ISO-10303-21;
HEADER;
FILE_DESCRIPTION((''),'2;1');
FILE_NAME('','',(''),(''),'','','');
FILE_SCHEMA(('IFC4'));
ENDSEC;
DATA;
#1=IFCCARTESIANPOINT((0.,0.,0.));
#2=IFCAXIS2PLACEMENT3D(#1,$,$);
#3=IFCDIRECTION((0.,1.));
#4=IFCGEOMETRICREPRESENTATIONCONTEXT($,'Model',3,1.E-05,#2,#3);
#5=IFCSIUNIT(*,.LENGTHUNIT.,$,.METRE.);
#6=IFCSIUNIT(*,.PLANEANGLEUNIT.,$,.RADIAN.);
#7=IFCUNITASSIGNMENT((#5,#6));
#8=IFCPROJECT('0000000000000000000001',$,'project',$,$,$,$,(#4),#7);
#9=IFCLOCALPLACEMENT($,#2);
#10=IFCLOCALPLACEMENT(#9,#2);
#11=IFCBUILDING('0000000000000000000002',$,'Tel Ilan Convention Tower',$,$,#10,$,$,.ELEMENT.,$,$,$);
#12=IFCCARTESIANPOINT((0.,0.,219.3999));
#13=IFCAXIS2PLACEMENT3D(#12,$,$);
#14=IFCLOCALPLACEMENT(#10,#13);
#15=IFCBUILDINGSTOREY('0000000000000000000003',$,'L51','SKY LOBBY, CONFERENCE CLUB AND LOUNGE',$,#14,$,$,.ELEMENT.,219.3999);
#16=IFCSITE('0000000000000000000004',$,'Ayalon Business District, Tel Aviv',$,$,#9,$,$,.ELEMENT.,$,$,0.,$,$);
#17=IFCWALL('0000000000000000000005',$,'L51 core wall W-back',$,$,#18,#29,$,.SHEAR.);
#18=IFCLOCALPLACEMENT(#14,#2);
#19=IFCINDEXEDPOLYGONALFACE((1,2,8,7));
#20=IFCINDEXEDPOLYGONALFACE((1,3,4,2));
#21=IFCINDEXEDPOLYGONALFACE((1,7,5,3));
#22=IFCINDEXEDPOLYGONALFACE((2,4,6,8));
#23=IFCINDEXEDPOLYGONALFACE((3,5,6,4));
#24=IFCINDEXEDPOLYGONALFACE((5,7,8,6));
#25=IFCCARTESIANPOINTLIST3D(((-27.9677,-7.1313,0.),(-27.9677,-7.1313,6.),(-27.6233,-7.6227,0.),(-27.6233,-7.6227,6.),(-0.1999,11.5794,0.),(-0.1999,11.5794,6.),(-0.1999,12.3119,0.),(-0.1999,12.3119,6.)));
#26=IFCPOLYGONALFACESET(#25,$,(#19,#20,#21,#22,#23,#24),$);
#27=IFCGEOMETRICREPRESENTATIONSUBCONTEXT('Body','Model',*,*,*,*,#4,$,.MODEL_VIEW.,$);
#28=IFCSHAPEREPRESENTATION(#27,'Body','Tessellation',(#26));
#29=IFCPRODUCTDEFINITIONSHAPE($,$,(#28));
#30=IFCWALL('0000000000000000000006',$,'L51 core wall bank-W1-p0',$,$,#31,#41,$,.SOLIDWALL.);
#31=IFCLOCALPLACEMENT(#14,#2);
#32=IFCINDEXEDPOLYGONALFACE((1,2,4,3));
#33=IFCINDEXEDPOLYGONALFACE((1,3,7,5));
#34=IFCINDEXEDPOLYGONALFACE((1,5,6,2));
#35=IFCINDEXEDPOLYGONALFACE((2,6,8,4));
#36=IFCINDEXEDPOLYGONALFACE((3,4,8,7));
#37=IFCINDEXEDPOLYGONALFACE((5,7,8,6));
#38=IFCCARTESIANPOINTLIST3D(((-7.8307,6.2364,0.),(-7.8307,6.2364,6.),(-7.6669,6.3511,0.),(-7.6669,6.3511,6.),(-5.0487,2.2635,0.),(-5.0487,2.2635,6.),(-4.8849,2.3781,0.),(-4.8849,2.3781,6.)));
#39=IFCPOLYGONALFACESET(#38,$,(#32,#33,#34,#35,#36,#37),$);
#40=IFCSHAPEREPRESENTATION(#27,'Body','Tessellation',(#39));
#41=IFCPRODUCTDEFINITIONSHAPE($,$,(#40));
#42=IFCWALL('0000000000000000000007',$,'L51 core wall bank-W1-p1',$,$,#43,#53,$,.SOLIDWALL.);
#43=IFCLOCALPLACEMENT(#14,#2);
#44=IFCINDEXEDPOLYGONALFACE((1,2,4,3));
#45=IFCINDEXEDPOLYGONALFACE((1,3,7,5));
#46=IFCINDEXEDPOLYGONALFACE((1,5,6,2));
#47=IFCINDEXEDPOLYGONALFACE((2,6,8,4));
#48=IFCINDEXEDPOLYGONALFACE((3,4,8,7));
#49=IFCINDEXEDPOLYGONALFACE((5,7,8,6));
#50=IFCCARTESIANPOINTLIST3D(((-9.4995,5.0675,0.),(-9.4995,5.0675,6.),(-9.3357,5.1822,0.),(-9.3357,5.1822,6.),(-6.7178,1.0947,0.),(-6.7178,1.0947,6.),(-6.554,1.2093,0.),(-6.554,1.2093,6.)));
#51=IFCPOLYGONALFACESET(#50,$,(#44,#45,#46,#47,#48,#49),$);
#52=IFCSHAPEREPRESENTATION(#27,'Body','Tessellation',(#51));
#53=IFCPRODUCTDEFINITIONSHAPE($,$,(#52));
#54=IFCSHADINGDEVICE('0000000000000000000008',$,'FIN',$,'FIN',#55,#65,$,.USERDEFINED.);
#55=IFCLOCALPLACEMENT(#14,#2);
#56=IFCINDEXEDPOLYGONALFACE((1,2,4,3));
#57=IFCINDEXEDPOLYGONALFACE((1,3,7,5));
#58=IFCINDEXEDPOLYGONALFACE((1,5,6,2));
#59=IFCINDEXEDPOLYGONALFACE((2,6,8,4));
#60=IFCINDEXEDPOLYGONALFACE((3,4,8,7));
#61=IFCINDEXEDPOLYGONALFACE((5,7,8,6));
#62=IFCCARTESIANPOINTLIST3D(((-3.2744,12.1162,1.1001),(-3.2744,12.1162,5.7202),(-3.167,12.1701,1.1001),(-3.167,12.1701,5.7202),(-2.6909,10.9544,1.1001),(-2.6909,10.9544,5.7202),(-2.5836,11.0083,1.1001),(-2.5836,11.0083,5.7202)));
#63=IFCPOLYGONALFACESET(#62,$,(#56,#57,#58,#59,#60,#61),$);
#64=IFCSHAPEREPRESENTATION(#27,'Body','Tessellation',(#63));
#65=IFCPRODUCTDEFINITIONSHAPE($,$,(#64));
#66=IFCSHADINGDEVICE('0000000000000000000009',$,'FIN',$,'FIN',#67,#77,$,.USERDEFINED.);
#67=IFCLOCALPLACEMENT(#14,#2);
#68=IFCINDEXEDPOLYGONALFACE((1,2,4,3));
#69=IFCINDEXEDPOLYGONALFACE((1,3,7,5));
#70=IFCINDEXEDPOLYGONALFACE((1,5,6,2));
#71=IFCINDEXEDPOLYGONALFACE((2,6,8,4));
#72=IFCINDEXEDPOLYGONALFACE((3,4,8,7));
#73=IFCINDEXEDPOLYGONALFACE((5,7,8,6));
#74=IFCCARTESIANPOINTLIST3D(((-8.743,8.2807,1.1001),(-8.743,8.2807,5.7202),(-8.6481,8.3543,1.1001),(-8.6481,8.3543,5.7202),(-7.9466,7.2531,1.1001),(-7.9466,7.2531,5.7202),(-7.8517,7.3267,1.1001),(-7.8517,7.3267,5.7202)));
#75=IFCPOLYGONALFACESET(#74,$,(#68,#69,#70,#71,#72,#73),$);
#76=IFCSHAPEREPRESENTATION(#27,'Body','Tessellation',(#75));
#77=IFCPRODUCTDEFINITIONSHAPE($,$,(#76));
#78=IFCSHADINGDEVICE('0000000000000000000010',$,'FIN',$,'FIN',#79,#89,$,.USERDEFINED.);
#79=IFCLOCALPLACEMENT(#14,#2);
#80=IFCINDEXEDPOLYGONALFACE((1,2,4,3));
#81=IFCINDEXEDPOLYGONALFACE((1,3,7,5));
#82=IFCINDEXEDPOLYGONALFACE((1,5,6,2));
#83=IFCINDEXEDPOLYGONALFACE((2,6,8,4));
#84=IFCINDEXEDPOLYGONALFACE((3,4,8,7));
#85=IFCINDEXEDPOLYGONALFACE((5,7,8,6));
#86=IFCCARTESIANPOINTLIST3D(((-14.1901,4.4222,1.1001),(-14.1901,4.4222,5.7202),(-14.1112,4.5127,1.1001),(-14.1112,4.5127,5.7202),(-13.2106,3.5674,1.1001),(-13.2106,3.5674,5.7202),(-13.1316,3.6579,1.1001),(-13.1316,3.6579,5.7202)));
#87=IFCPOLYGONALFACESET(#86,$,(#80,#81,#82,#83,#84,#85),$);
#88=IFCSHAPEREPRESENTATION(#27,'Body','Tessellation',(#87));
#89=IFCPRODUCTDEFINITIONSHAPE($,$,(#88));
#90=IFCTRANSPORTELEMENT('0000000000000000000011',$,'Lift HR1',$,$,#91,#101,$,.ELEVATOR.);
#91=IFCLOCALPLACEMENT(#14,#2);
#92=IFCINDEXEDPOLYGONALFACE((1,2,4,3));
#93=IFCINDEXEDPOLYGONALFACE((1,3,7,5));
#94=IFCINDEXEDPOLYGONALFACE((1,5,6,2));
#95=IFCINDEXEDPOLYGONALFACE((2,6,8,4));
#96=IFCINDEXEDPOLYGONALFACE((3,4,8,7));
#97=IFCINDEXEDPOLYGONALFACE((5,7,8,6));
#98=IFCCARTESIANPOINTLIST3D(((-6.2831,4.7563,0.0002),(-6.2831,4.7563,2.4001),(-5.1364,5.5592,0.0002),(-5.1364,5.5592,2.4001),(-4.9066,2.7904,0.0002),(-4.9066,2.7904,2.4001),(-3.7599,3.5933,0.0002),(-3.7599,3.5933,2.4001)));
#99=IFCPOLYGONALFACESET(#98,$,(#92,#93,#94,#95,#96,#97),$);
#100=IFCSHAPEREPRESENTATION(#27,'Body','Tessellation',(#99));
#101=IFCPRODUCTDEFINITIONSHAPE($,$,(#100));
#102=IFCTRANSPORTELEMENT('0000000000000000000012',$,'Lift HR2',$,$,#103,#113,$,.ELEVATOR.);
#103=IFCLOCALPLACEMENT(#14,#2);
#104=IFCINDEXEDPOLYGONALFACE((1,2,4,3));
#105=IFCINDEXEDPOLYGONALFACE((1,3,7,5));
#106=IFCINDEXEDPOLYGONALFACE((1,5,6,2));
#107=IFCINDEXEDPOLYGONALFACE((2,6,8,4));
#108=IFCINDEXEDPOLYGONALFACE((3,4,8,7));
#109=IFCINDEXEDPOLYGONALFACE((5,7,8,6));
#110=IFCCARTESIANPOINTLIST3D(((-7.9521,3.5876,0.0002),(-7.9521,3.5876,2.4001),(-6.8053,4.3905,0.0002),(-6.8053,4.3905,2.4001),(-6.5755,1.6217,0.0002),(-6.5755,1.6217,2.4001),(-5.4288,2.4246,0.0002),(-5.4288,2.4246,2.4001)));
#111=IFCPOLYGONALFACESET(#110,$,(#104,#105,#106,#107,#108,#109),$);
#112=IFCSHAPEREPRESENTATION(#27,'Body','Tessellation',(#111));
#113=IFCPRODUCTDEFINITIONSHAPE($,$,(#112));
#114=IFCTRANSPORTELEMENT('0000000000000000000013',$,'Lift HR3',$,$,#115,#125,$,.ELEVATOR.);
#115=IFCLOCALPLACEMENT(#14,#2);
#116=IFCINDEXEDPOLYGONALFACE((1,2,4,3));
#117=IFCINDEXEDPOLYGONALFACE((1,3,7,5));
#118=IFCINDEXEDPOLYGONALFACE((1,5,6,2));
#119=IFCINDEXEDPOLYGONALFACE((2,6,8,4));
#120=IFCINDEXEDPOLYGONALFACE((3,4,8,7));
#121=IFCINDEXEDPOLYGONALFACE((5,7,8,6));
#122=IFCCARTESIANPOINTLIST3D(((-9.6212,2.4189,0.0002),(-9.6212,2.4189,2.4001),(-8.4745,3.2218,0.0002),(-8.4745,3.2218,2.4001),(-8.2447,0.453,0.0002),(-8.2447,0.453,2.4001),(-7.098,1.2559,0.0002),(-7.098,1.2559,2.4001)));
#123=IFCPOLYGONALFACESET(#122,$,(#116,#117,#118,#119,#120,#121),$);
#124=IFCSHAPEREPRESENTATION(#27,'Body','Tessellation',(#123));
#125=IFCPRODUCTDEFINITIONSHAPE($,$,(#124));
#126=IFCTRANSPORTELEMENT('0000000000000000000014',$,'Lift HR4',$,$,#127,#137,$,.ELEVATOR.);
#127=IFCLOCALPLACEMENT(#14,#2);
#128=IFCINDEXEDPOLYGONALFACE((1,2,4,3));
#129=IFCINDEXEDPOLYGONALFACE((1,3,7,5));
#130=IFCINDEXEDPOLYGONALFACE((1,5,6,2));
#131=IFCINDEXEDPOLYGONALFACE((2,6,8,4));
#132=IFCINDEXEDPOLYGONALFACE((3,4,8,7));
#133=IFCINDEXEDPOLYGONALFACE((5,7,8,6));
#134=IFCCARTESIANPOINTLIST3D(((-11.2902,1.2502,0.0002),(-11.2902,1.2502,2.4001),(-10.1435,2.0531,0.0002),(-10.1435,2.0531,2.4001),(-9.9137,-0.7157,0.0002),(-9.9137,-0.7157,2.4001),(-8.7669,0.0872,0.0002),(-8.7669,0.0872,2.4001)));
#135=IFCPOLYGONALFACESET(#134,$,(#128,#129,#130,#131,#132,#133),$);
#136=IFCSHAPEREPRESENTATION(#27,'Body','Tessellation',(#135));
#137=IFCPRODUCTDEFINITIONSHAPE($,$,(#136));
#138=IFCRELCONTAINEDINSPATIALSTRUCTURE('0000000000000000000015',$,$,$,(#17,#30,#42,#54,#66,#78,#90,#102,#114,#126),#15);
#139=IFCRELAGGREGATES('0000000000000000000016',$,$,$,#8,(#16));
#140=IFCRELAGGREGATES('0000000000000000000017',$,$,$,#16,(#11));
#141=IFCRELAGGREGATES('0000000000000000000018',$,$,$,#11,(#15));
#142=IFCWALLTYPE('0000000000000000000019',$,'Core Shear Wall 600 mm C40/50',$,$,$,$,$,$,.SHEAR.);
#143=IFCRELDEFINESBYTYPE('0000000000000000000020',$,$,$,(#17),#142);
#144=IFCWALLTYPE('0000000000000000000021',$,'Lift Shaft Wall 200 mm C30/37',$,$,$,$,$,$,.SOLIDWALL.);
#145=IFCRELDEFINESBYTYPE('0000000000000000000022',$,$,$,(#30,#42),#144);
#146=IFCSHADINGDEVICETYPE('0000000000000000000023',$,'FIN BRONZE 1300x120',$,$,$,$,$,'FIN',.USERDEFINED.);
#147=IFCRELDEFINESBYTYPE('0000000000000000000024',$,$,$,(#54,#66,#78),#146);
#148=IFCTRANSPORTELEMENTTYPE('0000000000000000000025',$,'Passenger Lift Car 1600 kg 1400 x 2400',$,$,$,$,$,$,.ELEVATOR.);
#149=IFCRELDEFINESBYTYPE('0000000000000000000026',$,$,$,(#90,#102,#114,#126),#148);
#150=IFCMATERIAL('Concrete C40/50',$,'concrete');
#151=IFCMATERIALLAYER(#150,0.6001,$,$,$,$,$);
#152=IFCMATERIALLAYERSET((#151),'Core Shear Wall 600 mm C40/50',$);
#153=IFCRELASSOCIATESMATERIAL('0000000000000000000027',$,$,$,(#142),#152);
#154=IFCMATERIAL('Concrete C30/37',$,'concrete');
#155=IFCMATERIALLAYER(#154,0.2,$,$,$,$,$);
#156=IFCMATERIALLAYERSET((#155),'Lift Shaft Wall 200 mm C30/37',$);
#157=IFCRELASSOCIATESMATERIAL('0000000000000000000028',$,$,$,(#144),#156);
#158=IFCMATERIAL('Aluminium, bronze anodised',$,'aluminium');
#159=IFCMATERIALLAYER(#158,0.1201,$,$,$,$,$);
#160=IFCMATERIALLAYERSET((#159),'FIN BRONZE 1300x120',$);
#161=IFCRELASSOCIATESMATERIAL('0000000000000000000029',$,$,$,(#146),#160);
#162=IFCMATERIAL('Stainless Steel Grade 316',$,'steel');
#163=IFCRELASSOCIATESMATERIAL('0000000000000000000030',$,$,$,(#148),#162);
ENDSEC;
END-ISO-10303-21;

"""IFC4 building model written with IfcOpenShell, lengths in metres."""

from ifc_helpers import new_model, si_unit, direction, frame, frame_2d, origin, origin_2d, place, context, subcontext, project, spatial, polyline, rectangle, outline, extrude, material, layer, layer_set, type_object, element, save


model = new_model("IFC4")

# Units and contexts
model_context = context("Model", 3, precision=1e-05, world=origin(), true_north=direction((0.0, 1.0)))
body_context = subcontext(model_context, "Body", "Model", "MODEL_VIEW")
ifc_project = project(units=[si_unit("LENGTHUNIT", "METRE"), si_unit("PLANEANGLEUNIT", "RADIAN")], contexts=[model_context])

# Site, building, storey
site_placement = place(None, origin())
site = spatial("IfcSite", under=ifc_project, at=site_placement, Name="Ayalon Business District, Tel Aviv", CompositionType="ELEMENT", RefElevation=0.0)
building_placement = place(site_placement, origin())
building = spatial("IfcBuilding", under=site, at=building_placement, Name="Tel Ilan Convention Tower", CompositionType="ELEMENT")
storey_placement = place(building_placement, frame((0.0, 0.0, 219.3999)))
storey = spatial("IfcBuildingStorey", under=building, at=storey_placement, Name="L51", Description="SKY LOBBY, CONFERENCE CLUB AND LOUNGE", CompositionType="ELEMENT", Elevation=219.3999)

# Walls
ifc_material_1 = material(Name="Concrete C40/50", Category="concrete")
ifc_layer_1 = layer(ifc_material_1, 0.6001)
ifc_layer_set_1 = layer_set([ifc_layer_1], Name="Core Shear Wall 600 mm C40/50")
wall_type_1 = type_object("IfcWallType", Name="Core Shear Wall 600 mm C40/50", PredefinedType="SHEAR", material=ifc_layer_set_1)
wall_1_placement = place(storey_placement, frame((-0.0278, 12.0662, 0.0), z_axis=(0.0, 0.0, 1.0), x_axis=(-0.819151, -0.573577, 0.0)))
element("IfcWall", 1, at=wall_1_placement, inside=storey, type_object=wall_type_1, Name="L51 core wall W-back", PredefinedType="SHEAR", context=body_context, shape_type="SweptSolid", body=[
    extrude(outline(polyline([(33.8979, 0.3), (0.4202, 0.3), (0.0, -0.3), (33.8982, -0.3), (33.8979, 0.3)])), origin(), (0.0, 0.0, 1.0), 6.0),
])
ifc_material_2 = material(Name="Concrete C30/37", Category="concrete")
ifc_layer_2 = layer(ifc_material_2, 0.2)
ifc_layer_set_2 = layer_set([ifc_layer_2], Name="Lift Shaft Wall 200 mm C30/37")
wall_type_2 = type_object("IfcWallType", Name="Lift Shaft Wall 200 mm C30/37", PredefinedType="SOLIDWALL", material=ifc_layer_set_2)
wall_2_placement = place(storey_placement, frame((-4.9668, 2.3208, 0.0), z_axis=(0.0, 0.0, 1.0), x_axis=(-0.573594, 0.81914, 0.0)))
element("IfcWall", 2, at=wall_2_placement, inside=storey, type_object=wall_type_2, Name="L51 core wall bank-W1-p0", PredefinedType="SOLIDWALL", context=body_context, shape_type="SweptSolid", body=[
    extrude(rectangle(XDim=4.8501, YDim=0.2, at=frame_2d((2.425, 0.0))), origin(), (0.0, 0.0, 1.0), 6.0),
])
wall_3_placement = place(storey_placement, frame((-6.636, 1.1521, 0.0), z_axis=(0.0, 0.0, 1.0), x_axis=(-0.57356, 0.819163, 0.0)))
element("IfcWall", 3, at=wall_3_placement, inside=storey, type_object=wall_type_2, Name="L51 core wall bank-W1-p1", PredefinedType="SOLIDWALL", context=body_context, shape_type="SweptSolid", body=[
    extrude(rectangle(XDim=4.8499, YDim=0.2, at=frame_2d((2.4248, 0.0))), origin(), (0.0, 0.0, 1.0), 6.0),
])

# Shading devices
ifc_material_3 = material(Name="Aluminium, bronze anodised", Category="aluminium")
ifc_layer_3 = layer(ifc_material_3, 0.1201)
ifc_layer_set_3 = layer_set([ifc_layer_3], Name="FIN BRONZE 1300x120")
shading_device_type = type_object("IfcShadingDeviceType", Name="FIN BRONZE 1300x120", ElementType="FIN", PredefinedType="USERDEFINED", material=ifc_layer_set_3)
for number, where, z_axis, x_axis, name in (
    (4, (-2.929, 11.5623, 1.1001), (0.0, 0.0, 1.0), (-0.448799, 0.893633, 0.0), "FIN"),
    (5, (-8.2974, 7.8037, 1.1001), (0.0, 0.0, 1.0), (-0.612601, 0.790393, 0.0), "FIN"),
    (6, (-13.6609, 4.04, 1.1001), (0.0, 0.0, 1.0), (-0.753436, 0.657521, 0.0), "FIN"),
):
    element("IfcShadingDevice", number, at=place(storey_placement, frame(where, z_axis=z_axis, x_axis=x_axis)), inside=storey, type_object=shading_device_type, Name=name, ObjectType="FIN", PredefinedType="USERDEFINED", context=body_context, shape_type="SweptSolid", body=[
        extrude(rectangle(XDim=1.3, YDim=0.1201, at=origin_2d()), origin(), (0.0, 0.0, 1.0), 4.6201),
    ])

# Transport elements
ifc_material_4 = material(Name="Stainless Steel Grade 316", Category="steel")
transport_element_type = type_object("IfcTransportElementType", Name="Passenger Lift Car 1600 kg 1400 x 2400", PredefinedType="ELEVATOR", material=ifc_material_4)
for number, where, z_axis, x_axis, name in (
    (7, (-5.0215, 4.1748, 0.0002), (0.0, 0.0, 1.0), (-0.819152, -0.573576, 0.0), "Lift HR1"),
    (8, (-6.6904, 3.0061, 0.0002), (0.0, 0.0, 1.0), (-0.819152, -0.573576, 0.0), "Lift HR2"),
    (9, (-8.3596, 1.8374, 0.0002), (0.0, 0.0, 1.0), (-0.819152, -0.573576, 0.0), "Lift HR3"),
    (10, (-10.0286, 0.6687, 0.0002), (0.0, 0.0, 1.0), (-0.819152, -0.573576, 0.0), "Lift HR4"),
):
    element("IfcTransportElement", number, at=place(storey_placement, frame(where, z_axis=z_axis, x_axis=x_axis)), inside=storey, type_object=transport_element_type, Name=name, PredefinedType="ELEVATOR", context=body_context, shape_type="SweptSolid", body=[
        extrude(rectangle(XDim=1.3999, YDim=2.3999, at=origin_2d()), origin(), (0.0, 0.0, 1.0), 2.3999),
    ])

save(model, "model.ifc")
